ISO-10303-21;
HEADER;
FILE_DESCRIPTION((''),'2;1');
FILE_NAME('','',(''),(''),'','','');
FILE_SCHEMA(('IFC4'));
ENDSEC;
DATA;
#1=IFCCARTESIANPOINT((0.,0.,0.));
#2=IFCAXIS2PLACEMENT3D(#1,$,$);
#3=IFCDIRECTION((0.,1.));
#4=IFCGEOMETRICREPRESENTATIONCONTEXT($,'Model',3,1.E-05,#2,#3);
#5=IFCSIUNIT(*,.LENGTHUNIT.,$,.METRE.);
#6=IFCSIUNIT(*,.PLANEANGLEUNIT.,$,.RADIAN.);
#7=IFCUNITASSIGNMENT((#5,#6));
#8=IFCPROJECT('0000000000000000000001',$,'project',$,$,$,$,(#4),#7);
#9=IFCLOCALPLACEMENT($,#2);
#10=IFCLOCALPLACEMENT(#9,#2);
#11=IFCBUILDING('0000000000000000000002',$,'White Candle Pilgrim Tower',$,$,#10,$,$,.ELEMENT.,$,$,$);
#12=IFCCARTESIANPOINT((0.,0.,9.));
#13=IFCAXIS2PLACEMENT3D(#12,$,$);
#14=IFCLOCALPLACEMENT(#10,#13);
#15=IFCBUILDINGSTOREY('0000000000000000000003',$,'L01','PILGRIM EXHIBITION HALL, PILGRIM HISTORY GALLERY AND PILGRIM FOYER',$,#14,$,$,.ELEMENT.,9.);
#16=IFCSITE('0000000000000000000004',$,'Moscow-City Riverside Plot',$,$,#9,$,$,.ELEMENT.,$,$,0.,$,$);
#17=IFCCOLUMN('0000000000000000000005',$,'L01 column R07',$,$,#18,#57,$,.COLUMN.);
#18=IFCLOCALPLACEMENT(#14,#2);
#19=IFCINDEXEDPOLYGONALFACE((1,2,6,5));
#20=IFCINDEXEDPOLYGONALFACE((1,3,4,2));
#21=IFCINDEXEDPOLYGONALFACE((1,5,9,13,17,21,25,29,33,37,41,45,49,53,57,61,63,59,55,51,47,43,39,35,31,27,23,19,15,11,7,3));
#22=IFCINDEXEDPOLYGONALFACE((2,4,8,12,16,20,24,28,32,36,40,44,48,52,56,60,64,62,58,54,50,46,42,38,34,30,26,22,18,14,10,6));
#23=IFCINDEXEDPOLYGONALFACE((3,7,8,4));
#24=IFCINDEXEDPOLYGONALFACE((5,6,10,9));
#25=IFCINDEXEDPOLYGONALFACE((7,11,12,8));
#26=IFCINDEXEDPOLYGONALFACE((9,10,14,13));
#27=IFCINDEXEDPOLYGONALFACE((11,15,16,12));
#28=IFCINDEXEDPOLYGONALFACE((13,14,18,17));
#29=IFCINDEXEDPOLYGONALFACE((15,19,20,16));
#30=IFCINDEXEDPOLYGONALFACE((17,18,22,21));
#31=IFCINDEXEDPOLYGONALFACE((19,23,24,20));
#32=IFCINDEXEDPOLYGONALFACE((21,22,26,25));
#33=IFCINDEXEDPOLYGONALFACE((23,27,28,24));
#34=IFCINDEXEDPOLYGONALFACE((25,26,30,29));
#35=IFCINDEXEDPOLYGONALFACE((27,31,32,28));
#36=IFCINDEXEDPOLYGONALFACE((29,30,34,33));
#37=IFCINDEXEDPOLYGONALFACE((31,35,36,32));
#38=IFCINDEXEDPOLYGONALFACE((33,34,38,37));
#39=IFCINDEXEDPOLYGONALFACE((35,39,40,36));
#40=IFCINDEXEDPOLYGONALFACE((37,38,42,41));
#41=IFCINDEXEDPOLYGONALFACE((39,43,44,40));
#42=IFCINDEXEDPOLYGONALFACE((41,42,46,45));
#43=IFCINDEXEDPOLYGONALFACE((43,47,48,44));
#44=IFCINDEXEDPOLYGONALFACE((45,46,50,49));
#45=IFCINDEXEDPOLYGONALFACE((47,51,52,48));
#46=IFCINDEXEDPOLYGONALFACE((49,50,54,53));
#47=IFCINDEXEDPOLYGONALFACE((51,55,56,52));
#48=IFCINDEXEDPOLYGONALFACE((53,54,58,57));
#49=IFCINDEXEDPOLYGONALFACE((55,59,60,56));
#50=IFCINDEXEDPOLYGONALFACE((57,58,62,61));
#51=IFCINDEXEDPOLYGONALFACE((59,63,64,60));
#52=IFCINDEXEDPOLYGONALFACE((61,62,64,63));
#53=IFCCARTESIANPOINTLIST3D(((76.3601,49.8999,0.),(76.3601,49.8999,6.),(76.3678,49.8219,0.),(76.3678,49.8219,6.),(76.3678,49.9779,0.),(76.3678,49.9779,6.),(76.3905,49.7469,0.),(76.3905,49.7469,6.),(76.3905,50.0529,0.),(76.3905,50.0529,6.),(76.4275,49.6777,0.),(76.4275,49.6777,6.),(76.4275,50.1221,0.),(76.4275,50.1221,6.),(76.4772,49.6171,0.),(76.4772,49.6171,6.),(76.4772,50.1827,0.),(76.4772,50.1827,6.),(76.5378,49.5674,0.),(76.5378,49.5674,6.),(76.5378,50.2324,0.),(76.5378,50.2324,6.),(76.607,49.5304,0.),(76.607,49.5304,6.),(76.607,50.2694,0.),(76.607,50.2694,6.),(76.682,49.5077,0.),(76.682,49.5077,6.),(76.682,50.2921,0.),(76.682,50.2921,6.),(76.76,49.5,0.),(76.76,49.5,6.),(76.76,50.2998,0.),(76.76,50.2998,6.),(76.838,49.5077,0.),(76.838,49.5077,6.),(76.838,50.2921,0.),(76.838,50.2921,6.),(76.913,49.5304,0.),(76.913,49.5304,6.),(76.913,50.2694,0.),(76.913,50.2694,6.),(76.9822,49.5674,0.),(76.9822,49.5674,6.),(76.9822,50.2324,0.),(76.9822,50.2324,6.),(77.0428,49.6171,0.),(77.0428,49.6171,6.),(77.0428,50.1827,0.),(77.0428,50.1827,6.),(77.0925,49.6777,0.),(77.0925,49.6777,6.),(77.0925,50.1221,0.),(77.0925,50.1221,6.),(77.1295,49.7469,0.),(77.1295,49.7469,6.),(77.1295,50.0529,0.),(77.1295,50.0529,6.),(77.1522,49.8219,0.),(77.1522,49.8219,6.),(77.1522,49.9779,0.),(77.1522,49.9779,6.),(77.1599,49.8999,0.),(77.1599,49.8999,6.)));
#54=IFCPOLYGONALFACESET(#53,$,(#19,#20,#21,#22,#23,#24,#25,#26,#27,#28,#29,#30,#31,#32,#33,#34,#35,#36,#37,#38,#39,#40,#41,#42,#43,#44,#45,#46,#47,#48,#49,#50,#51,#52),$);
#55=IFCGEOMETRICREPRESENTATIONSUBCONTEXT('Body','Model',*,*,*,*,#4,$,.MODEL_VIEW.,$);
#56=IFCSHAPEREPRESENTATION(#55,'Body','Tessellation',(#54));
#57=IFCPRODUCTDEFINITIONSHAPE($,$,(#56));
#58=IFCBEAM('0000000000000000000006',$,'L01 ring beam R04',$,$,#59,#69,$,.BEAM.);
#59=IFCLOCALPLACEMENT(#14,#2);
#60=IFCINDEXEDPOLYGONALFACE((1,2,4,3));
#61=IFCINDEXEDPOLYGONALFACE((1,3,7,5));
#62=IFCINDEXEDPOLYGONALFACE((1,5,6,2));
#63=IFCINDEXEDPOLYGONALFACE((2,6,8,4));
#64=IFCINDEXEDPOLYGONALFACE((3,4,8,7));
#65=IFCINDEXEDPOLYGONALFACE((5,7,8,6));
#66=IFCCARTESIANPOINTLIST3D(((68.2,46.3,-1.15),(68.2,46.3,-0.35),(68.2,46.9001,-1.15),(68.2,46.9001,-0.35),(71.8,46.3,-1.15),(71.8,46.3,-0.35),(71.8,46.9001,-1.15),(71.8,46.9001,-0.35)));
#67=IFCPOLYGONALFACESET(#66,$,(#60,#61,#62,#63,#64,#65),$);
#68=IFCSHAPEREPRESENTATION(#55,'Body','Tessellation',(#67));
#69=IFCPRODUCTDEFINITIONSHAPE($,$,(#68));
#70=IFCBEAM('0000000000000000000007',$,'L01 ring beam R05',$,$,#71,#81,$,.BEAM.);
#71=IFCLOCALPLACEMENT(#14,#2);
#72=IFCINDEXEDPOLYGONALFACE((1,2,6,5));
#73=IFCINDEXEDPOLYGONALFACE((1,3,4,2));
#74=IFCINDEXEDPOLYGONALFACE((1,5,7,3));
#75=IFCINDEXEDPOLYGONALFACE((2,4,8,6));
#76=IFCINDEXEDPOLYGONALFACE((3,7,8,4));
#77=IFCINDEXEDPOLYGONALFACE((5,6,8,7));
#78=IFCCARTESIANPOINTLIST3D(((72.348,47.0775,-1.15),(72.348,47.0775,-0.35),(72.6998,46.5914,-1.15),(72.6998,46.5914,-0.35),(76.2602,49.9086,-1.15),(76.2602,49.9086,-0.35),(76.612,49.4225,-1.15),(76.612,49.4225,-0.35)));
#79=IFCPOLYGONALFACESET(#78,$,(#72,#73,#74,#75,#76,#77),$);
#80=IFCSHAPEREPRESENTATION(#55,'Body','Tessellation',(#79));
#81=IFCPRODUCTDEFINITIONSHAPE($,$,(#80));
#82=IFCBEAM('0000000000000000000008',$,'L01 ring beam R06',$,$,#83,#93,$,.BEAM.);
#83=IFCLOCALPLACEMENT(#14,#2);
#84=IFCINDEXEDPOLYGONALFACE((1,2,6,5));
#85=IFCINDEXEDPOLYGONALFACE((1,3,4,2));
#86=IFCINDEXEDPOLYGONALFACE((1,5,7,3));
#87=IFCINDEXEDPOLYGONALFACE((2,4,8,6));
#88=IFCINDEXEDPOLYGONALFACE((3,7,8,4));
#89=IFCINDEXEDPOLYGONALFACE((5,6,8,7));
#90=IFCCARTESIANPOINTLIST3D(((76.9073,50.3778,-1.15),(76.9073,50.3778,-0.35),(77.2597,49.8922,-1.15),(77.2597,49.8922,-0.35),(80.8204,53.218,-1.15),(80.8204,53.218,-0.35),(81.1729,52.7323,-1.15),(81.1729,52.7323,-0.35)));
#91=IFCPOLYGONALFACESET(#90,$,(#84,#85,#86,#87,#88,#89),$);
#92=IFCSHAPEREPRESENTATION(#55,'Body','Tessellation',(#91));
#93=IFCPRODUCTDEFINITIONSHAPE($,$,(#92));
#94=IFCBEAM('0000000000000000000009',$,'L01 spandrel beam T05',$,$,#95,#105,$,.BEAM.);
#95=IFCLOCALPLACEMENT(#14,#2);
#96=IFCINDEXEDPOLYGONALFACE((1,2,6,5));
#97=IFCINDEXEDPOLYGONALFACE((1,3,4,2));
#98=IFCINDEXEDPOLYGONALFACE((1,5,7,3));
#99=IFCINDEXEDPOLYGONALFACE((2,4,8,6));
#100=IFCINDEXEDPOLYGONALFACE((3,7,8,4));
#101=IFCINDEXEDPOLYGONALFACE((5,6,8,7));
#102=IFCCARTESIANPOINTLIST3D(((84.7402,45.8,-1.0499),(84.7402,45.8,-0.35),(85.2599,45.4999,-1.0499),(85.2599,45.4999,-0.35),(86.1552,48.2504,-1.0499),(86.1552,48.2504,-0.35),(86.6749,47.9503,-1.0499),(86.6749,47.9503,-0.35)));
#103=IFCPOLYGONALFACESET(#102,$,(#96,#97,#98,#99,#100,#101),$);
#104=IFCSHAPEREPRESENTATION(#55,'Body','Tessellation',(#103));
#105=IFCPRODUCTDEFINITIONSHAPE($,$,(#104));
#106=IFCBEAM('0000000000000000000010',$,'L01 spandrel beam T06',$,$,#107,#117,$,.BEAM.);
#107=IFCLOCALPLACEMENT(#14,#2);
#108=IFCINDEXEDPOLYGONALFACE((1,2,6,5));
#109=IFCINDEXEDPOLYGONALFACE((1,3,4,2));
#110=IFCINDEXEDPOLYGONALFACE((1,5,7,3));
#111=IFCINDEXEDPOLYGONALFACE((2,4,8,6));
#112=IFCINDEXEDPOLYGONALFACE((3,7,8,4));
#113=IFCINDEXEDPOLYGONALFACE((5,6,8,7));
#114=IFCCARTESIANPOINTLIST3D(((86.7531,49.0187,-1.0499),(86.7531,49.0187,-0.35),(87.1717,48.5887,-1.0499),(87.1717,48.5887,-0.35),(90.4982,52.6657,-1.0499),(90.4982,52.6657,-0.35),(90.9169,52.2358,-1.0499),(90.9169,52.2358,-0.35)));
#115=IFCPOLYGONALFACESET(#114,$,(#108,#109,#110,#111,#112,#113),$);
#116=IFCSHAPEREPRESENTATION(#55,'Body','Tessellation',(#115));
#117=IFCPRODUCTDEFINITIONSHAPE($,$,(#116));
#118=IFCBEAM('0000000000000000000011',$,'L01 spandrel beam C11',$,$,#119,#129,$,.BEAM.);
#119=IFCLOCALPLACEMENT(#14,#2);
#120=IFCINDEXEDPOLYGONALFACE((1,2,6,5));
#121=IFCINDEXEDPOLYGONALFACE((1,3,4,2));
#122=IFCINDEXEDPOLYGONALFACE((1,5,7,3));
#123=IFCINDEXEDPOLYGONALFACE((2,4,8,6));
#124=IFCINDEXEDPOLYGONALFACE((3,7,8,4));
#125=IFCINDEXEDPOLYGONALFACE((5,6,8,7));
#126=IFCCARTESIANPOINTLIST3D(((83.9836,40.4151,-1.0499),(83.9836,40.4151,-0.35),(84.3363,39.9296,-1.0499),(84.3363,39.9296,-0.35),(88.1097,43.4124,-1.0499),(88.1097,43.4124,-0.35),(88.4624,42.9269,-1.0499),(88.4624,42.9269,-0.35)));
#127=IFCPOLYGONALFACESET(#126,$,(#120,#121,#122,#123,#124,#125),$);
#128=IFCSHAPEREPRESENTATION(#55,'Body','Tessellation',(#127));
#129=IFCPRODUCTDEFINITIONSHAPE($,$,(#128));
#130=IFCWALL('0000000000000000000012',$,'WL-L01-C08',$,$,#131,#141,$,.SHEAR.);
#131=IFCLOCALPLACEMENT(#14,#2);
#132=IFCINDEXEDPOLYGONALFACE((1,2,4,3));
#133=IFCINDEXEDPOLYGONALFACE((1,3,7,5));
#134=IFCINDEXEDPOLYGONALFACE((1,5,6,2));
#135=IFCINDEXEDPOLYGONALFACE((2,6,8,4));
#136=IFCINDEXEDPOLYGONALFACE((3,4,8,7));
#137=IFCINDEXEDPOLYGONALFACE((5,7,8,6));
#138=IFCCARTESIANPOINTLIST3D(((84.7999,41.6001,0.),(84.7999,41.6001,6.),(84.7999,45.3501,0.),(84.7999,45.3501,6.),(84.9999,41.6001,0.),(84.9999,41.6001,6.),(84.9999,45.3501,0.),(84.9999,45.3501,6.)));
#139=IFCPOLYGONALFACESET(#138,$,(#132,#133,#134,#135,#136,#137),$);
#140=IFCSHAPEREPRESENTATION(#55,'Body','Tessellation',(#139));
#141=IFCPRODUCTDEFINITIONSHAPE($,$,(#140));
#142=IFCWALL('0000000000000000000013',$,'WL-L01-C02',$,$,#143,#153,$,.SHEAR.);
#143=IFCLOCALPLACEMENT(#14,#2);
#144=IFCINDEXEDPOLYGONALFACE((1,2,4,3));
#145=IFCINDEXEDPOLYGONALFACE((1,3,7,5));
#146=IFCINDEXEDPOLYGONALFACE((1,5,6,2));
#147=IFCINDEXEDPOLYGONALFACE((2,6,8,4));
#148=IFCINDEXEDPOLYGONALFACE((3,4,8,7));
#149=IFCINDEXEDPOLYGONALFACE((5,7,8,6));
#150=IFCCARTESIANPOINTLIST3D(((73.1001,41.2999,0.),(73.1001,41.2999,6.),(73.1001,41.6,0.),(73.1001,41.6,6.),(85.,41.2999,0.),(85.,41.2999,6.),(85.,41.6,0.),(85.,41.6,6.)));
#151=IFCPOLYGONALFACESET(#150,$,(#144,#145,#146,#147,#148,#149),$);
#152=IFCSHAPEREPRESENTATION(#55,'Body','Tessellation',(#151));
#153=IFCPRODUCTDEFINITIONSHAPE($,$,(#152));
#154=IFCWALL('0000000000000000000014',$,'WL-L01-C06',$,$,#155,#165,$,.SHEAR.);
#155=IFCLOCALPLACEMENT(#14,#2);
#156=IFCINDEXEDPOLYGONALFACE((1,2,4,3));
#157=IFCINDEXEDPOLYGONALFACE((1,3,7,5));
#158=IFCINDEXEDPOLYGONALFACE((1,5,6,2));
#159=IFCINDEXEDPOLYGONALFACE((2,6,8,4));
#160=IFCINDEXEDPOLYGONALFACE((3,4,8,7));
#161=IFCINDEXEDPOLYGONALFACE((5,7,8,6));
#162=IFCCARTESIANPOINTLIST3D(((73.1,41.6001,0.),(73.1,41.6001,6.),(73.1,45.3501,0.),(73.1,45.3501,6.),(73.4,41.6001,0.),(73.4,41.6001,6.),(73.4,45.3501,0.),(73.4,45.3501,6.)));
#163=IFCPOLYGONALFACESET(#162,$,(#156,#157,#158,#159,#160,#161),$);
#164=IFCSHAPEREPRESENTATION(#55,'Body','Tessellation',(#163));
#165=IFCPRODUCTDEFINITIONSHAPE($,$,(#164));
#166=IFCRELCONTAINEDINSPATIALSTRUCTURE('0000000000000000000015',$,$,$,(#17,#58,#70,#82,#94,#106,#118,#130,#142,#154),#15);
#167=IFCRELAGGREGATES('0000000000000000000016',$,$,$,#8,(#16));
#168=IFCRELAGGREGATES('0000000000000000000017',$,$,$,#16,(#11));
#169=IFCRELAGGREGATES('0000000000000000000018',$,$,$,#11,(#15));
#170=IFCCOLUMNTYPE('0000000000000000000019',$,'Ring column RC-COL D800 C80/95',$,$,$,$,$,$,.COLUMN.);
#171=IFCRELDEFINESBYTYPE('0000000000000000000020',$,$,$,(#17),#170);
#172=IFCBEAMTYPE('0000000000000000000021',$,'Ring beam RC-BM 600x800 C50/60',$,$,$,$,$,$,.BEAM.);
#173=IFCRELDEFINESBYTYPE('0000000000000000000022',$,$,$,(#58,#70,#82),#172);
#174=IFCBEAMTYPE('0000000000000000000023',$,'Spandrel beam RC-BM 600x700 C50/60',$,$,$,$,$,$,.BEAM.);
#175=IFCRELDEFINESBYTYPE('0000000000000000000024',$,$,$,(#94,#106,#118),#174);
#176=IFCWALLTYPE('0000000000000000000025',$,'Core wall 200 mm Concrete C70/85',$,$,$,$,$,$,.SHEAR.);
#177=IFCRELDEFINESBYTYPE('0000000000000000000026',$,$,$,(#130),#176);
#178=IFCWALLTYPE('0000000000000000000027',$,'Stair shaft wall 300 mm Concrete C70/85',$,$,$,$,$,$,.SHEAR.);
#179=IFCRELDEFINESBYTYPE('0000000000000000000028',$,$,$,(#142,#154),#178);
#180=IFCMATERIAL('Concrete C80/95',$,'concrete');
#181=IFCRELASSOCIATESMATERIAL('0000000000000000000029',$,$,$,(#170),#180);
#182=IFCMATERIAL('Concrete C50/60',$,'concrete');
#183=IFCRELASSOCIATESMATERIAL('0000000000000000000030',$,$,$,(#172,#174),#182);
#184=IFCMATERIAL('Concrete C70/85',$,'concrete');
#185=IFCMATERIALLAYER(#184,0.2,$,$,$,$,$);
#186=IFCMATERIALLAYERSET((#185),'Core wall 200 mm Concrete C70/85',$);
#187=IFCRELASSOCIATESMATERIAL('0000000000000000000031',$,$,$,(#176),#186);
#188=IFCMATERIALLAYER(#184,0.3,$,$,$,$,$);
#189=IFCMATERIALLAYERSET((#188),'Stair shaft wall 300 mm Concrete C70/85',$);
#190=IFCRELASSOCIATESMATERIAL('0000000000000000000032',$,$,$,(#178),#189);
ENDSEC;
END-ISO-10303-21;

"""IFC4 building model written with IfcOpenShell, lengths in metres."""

from ifc_helpers import new_model, si_unit, direction, frame, frame_2d, origin, origin_2d, place, context, subcontext, project, spatial, rectangle, circle, extrude, material, layer, layer_set, material_profile, profile_set, type_object, element, save


model = new_model("IFC4")

# Units and contexts
model_context = context("Model", 3, precision=1e-05, world=origin(), true_north=direction((0.0, 1.0)))
body_context = subcontext(model_context, "Body", "Model", "MODEL_VIEW")
ifc_project = project(units=[si_unit("LENGTHUNIT", "METRE"), si_unit("PLANEANGLEUNIT", "RADIAN")], contexts=[model_context])

# Site, building, storey
site_placement = place(None, origin())
site = spatial("IfcSite", under=ifc_project, at=site_placement, Name="Moscow-City Riverside Plot", CompositionType="ELEMENT", RefElevation=0.0)
building_placement = place(site_placement, origin())
building = spatial("IfcBuilding", under=site, at=building_placement, Name="White Candle Pilgrim Tower", CompositionType="ELEMENT")
storey_placement = place(building_placement, frame((0.0, 0.0, 9.0)))
storey = spatial("IfcBuildingStorey", under=building, at=storey_placement, Name="L01", Description="PILGRIM EXHIBITION HALL, PILGRIM HISTORY GALLERY AND PILGRIM FOYER", CompositionType="ELEMENT", Elevation=9.0)

# Column
ifc_material_1 = material(Name="Concrete C80/95", Category="concrete")
ifc_material_profile_1 = material_profile(ifc_material_1, circle(Radius=0.3999, at=origin_2d()), Name="RC-COL D800")
ifc_profile_set_1 = profile_set([ifc_material_profile_1], Name="Concrete C80/95")
column_type_1 = type_object("IfcColumnType", Name="Ring column RC-COL D800 C80/95", PredefinedType="COLUMN", material=ifc_profile_set_1)
for number, where, z_axis, x_axis, name in (
    (1, (76.76, 49.8999, 0.0), (0.0, 0.0, 1.0), (1.0, 0.0, 0.0), "L01 column R07"),
):
    element("IfcColumn", number, at=place(storey_placement, frame(where, z_axis=z_axis, x_axis=x_axis)), inside=storey, type_object=column_type_1, Name=name, PredefinedType="COLUMN", context=body_context, shape_type="SweptSolid", body=[
        extrude(circle(Radius=0.3999, at=origin_2d()), origin(), (0.0, 0.0, 1.0), 6.0),
    ])

# Beams
ifc_material_2 = material(Name="Concrete C50/60", Category="concrete")
ifc_material_profile_2 = material_profile(ifc_material_2, rectangle(XDim=0.6001, YDim=0.8, at=origin_2d()), Name="RC-BM 600x800")
ifc_profile_set_2 = profile_set([ifc_material_profile_2], Name="Concrete C50/60")
beam_type_1 = type_object("IfcBeamType", Name="Ring beam RC-BM 600x800 C50/60", PredefinedType="BEAM", material=ifc_profile_set_2)
beam_1_placement = place(storey_placement, frame((68.2, 46.6001, -0.75), z_axis=(1.0, 0.0, 0.0), x_axis=(0.0, 1.0, 0.0)))
element("IfcBeam", 2, at=beam_1_placement, inside=storey, type_object=beam_type_1, Name="L01 ring beam R04", PredefinedType="BEAM", context=body_context, shape_type="SweptSolid", body=[
    extrude(rectangle(XDim=0.6001, YDim=0.8, at=origin_2d()), origin(), (0.0, 0.0, 1.0), 3.6001),
])
beam_2_placement = place(storey_placement, frame((72.5239, 46.8345, -0.75), z_axis=(0.810124, 0.586258, 0.0), x_axis=(-0.586258, 0.810124, 0.0)))
element("IfcBeam", 3, at=beam_2_placement, inside=storey, type_object=beam_type_1, Name="L01 ring beam R05", PredefinedType="BEAM", context=body_context, shape_type="SweptSolid", body=[
    extrude(rectangle(XDim=0.6001, YDim=0.8, at=origin_2d()), origin(), (0.0, 0.0, 1.0), 4.8291),
])
beam_3_placement = place(storey_placement, frame((77.0835, 50.135, -0.75), z_axis=(0.809306, 0.587388, 0.0), x_axis=(-0.587388, 0.809306, 0.0)))
element("IfcBeam", 4, at=beam_3_placement, inside=storey, type_object=beam_type_1, Name="L01 ring beam R06", PredefinedType="BEAM", context=body_context, shape_type="SweptSolid", body=[
    extrude(rectangle(XDim=0.6001, YDim=0.8, at=origin_2d()), origin(), (0.0, 0.0, 1.0), 4.8352),
])
ifc_material_profile_3 = material_profile(ifc_material_2, rectangle(XDim=0.6001, YDim=0.7, at=origin_2d()), Name="RC-BM 600x700")
ifc_profile_set_3 = profile_set([ifc_material_profile_3], Name="Concrete C50/60")
beam_type_2 = type_object("IfcBeamType", Name="Spandrel beam RC-BM 600x700 C50/60", PredefinedType="BEAM", material=ifc_profile_set_3)
beam_4_placement = place(storey_placement, frame((86.415, 48.1003, -0.7), z_axis=(-0.500073, -0.865983, 0.0), x_axis=(0.865983, -0.500073, 0.0)))
element("IfcBeam", 5, at=beam_4_placement, inside=storey, type_object=beam_type_2, Name="L01 spandrel beam T05", PredefinedType="BEAM", context=body_context, shape_type="SweptSolid", body=[
    extrude(rectangle(XDim=0.6001, YDim=0.7, at=origin_2d()), origin(), (0.0, 0.0, 1.0), 2.8296),
])
beam_5_placement = place(storey_placement, frame((86.9624, 48.8037, -0.7), z_axis=(0.716432, 0.697657, 0.0), x_axis=(-0.697657, 0.716432, 0.0)))
element("IfcBeam", 6, at=beam_5_placement, inside=storey, type_object=beam_type_2, Name="L01 spandrel beam T06", PredefinedType="BEAM", context=body_context, shape_type="SweptSolid", body=[
    extrude(rectangle(XDim=0.6001, YDim=0.7, at=origin_2d()), origin(), (0.0, 0.0, 1.0), 5.2275),
])
beam_6_placement = place(storey_placement, frame((84.1599, 40.1724, -0.7), z_axis=(0.809069, 0.587713, 0.0), x_axis=(-0.587713, 0.809069, 0.0)))
element("IfcBeam", 7, at=beam_6_placement, inside=storey, type_object=beam_type_2, Name="L01 spandrel beam C11", PredefinedType="BEAM", context=body_context, shape_type="SweptSolid", body=[
    extrude(rectangle(XDim=0.6001, YDim=0.7, at=origin_2d()), origin(), (0.0, 0.0, 1.0), 5.0999),
])

# Walls
ifc_material_3 = material(Name="Concrete C70/85", Category="concrete")
ifc_layer_1 = layer(ifc_material_3, 0.2)
ifc_layer_set_1 = layer_set([ifc_layer_1], Name="Core wall 200 mm Concrete C70/85")
wall_type_1 = type_object("IfcWallType", Name="Core wall 200 mm Concrete C70/85", PredefinedType="SHEAR", material=ifc_layer_set_1)
wall_1_placement = place(storey_placement, frame((84.8999, 41.6001, 0.0), z_axis=(0.0, 0.0, 1.0), x_axis=(0.0, 1.0, 0.0)))
element("IfcWall", 8, at=wall_1_placement, inside=storey, type_object=wall_type_1, Name="WL-L01-C08", PredefinedType="SHEAR", context=body_context, shape_type="SweptSolid", body=[
    extrude(rectangle(XDim=3.75, YDim=0.2, at=frame_2d((1.875, 0.0))), origin(), (0.0, 0.0, 1.0), 6.0),
])
ifc_layer_2 = layer(ifc_material_3, 0.3)
ifc_layer_set_2 = layer_set([ifc_layer_2], Name="Stair shaft wall 300 mm Concrete C70/85")
wall_type_2 = type_object("IfcWallType", Name="Stair shaft wall 300 mm Concrete C70/85", PredefinedType="SHEAR", material=ifc_layer_set_2)
wall_2_placement = place(storey_placement, frame((73.1001, 41.45, 0.0), z_axis=(0.0, 0.0, 1.0), x_axis=(1.0, 0.0, 0.0)))
element("IfcWall", 9, at=wall_2_placement, inside=storey, type_object=wall_type_2, Name="WL-L01-C02", PredefinedType="SHEAR", context=body_context, shape_type="SweptSolid", body=[
    extrude(rectangle(XDim=11.8999, YDim=0.3, at=frame_2d((5.95, 0.0))), origin(), (0.0, 0.0, 1.0), 6.0),
])
wall_3_placement = place(storey_placement, frame((73.25, 41.6001, 0.0), z_axis=(0.0, 0.0, 1.0), x_axis=(0.0, 1.0, 0.0)))
element("IfcWall", 10, at=wall_3_placement, inside=storey, type_object=wall_type_2, Name="WL-L01-C06", PredefinedType="SHEAR", context=body_context, shape_type="SweptSolid", body=[
    extrude(rectangle(XDim=3.75, YDim=0.3, at=frame_2d((1.875, 0.0))), origin(), (0.0, 0.0, 1.0), 6.0),
])

save(model, "model.ifc")
